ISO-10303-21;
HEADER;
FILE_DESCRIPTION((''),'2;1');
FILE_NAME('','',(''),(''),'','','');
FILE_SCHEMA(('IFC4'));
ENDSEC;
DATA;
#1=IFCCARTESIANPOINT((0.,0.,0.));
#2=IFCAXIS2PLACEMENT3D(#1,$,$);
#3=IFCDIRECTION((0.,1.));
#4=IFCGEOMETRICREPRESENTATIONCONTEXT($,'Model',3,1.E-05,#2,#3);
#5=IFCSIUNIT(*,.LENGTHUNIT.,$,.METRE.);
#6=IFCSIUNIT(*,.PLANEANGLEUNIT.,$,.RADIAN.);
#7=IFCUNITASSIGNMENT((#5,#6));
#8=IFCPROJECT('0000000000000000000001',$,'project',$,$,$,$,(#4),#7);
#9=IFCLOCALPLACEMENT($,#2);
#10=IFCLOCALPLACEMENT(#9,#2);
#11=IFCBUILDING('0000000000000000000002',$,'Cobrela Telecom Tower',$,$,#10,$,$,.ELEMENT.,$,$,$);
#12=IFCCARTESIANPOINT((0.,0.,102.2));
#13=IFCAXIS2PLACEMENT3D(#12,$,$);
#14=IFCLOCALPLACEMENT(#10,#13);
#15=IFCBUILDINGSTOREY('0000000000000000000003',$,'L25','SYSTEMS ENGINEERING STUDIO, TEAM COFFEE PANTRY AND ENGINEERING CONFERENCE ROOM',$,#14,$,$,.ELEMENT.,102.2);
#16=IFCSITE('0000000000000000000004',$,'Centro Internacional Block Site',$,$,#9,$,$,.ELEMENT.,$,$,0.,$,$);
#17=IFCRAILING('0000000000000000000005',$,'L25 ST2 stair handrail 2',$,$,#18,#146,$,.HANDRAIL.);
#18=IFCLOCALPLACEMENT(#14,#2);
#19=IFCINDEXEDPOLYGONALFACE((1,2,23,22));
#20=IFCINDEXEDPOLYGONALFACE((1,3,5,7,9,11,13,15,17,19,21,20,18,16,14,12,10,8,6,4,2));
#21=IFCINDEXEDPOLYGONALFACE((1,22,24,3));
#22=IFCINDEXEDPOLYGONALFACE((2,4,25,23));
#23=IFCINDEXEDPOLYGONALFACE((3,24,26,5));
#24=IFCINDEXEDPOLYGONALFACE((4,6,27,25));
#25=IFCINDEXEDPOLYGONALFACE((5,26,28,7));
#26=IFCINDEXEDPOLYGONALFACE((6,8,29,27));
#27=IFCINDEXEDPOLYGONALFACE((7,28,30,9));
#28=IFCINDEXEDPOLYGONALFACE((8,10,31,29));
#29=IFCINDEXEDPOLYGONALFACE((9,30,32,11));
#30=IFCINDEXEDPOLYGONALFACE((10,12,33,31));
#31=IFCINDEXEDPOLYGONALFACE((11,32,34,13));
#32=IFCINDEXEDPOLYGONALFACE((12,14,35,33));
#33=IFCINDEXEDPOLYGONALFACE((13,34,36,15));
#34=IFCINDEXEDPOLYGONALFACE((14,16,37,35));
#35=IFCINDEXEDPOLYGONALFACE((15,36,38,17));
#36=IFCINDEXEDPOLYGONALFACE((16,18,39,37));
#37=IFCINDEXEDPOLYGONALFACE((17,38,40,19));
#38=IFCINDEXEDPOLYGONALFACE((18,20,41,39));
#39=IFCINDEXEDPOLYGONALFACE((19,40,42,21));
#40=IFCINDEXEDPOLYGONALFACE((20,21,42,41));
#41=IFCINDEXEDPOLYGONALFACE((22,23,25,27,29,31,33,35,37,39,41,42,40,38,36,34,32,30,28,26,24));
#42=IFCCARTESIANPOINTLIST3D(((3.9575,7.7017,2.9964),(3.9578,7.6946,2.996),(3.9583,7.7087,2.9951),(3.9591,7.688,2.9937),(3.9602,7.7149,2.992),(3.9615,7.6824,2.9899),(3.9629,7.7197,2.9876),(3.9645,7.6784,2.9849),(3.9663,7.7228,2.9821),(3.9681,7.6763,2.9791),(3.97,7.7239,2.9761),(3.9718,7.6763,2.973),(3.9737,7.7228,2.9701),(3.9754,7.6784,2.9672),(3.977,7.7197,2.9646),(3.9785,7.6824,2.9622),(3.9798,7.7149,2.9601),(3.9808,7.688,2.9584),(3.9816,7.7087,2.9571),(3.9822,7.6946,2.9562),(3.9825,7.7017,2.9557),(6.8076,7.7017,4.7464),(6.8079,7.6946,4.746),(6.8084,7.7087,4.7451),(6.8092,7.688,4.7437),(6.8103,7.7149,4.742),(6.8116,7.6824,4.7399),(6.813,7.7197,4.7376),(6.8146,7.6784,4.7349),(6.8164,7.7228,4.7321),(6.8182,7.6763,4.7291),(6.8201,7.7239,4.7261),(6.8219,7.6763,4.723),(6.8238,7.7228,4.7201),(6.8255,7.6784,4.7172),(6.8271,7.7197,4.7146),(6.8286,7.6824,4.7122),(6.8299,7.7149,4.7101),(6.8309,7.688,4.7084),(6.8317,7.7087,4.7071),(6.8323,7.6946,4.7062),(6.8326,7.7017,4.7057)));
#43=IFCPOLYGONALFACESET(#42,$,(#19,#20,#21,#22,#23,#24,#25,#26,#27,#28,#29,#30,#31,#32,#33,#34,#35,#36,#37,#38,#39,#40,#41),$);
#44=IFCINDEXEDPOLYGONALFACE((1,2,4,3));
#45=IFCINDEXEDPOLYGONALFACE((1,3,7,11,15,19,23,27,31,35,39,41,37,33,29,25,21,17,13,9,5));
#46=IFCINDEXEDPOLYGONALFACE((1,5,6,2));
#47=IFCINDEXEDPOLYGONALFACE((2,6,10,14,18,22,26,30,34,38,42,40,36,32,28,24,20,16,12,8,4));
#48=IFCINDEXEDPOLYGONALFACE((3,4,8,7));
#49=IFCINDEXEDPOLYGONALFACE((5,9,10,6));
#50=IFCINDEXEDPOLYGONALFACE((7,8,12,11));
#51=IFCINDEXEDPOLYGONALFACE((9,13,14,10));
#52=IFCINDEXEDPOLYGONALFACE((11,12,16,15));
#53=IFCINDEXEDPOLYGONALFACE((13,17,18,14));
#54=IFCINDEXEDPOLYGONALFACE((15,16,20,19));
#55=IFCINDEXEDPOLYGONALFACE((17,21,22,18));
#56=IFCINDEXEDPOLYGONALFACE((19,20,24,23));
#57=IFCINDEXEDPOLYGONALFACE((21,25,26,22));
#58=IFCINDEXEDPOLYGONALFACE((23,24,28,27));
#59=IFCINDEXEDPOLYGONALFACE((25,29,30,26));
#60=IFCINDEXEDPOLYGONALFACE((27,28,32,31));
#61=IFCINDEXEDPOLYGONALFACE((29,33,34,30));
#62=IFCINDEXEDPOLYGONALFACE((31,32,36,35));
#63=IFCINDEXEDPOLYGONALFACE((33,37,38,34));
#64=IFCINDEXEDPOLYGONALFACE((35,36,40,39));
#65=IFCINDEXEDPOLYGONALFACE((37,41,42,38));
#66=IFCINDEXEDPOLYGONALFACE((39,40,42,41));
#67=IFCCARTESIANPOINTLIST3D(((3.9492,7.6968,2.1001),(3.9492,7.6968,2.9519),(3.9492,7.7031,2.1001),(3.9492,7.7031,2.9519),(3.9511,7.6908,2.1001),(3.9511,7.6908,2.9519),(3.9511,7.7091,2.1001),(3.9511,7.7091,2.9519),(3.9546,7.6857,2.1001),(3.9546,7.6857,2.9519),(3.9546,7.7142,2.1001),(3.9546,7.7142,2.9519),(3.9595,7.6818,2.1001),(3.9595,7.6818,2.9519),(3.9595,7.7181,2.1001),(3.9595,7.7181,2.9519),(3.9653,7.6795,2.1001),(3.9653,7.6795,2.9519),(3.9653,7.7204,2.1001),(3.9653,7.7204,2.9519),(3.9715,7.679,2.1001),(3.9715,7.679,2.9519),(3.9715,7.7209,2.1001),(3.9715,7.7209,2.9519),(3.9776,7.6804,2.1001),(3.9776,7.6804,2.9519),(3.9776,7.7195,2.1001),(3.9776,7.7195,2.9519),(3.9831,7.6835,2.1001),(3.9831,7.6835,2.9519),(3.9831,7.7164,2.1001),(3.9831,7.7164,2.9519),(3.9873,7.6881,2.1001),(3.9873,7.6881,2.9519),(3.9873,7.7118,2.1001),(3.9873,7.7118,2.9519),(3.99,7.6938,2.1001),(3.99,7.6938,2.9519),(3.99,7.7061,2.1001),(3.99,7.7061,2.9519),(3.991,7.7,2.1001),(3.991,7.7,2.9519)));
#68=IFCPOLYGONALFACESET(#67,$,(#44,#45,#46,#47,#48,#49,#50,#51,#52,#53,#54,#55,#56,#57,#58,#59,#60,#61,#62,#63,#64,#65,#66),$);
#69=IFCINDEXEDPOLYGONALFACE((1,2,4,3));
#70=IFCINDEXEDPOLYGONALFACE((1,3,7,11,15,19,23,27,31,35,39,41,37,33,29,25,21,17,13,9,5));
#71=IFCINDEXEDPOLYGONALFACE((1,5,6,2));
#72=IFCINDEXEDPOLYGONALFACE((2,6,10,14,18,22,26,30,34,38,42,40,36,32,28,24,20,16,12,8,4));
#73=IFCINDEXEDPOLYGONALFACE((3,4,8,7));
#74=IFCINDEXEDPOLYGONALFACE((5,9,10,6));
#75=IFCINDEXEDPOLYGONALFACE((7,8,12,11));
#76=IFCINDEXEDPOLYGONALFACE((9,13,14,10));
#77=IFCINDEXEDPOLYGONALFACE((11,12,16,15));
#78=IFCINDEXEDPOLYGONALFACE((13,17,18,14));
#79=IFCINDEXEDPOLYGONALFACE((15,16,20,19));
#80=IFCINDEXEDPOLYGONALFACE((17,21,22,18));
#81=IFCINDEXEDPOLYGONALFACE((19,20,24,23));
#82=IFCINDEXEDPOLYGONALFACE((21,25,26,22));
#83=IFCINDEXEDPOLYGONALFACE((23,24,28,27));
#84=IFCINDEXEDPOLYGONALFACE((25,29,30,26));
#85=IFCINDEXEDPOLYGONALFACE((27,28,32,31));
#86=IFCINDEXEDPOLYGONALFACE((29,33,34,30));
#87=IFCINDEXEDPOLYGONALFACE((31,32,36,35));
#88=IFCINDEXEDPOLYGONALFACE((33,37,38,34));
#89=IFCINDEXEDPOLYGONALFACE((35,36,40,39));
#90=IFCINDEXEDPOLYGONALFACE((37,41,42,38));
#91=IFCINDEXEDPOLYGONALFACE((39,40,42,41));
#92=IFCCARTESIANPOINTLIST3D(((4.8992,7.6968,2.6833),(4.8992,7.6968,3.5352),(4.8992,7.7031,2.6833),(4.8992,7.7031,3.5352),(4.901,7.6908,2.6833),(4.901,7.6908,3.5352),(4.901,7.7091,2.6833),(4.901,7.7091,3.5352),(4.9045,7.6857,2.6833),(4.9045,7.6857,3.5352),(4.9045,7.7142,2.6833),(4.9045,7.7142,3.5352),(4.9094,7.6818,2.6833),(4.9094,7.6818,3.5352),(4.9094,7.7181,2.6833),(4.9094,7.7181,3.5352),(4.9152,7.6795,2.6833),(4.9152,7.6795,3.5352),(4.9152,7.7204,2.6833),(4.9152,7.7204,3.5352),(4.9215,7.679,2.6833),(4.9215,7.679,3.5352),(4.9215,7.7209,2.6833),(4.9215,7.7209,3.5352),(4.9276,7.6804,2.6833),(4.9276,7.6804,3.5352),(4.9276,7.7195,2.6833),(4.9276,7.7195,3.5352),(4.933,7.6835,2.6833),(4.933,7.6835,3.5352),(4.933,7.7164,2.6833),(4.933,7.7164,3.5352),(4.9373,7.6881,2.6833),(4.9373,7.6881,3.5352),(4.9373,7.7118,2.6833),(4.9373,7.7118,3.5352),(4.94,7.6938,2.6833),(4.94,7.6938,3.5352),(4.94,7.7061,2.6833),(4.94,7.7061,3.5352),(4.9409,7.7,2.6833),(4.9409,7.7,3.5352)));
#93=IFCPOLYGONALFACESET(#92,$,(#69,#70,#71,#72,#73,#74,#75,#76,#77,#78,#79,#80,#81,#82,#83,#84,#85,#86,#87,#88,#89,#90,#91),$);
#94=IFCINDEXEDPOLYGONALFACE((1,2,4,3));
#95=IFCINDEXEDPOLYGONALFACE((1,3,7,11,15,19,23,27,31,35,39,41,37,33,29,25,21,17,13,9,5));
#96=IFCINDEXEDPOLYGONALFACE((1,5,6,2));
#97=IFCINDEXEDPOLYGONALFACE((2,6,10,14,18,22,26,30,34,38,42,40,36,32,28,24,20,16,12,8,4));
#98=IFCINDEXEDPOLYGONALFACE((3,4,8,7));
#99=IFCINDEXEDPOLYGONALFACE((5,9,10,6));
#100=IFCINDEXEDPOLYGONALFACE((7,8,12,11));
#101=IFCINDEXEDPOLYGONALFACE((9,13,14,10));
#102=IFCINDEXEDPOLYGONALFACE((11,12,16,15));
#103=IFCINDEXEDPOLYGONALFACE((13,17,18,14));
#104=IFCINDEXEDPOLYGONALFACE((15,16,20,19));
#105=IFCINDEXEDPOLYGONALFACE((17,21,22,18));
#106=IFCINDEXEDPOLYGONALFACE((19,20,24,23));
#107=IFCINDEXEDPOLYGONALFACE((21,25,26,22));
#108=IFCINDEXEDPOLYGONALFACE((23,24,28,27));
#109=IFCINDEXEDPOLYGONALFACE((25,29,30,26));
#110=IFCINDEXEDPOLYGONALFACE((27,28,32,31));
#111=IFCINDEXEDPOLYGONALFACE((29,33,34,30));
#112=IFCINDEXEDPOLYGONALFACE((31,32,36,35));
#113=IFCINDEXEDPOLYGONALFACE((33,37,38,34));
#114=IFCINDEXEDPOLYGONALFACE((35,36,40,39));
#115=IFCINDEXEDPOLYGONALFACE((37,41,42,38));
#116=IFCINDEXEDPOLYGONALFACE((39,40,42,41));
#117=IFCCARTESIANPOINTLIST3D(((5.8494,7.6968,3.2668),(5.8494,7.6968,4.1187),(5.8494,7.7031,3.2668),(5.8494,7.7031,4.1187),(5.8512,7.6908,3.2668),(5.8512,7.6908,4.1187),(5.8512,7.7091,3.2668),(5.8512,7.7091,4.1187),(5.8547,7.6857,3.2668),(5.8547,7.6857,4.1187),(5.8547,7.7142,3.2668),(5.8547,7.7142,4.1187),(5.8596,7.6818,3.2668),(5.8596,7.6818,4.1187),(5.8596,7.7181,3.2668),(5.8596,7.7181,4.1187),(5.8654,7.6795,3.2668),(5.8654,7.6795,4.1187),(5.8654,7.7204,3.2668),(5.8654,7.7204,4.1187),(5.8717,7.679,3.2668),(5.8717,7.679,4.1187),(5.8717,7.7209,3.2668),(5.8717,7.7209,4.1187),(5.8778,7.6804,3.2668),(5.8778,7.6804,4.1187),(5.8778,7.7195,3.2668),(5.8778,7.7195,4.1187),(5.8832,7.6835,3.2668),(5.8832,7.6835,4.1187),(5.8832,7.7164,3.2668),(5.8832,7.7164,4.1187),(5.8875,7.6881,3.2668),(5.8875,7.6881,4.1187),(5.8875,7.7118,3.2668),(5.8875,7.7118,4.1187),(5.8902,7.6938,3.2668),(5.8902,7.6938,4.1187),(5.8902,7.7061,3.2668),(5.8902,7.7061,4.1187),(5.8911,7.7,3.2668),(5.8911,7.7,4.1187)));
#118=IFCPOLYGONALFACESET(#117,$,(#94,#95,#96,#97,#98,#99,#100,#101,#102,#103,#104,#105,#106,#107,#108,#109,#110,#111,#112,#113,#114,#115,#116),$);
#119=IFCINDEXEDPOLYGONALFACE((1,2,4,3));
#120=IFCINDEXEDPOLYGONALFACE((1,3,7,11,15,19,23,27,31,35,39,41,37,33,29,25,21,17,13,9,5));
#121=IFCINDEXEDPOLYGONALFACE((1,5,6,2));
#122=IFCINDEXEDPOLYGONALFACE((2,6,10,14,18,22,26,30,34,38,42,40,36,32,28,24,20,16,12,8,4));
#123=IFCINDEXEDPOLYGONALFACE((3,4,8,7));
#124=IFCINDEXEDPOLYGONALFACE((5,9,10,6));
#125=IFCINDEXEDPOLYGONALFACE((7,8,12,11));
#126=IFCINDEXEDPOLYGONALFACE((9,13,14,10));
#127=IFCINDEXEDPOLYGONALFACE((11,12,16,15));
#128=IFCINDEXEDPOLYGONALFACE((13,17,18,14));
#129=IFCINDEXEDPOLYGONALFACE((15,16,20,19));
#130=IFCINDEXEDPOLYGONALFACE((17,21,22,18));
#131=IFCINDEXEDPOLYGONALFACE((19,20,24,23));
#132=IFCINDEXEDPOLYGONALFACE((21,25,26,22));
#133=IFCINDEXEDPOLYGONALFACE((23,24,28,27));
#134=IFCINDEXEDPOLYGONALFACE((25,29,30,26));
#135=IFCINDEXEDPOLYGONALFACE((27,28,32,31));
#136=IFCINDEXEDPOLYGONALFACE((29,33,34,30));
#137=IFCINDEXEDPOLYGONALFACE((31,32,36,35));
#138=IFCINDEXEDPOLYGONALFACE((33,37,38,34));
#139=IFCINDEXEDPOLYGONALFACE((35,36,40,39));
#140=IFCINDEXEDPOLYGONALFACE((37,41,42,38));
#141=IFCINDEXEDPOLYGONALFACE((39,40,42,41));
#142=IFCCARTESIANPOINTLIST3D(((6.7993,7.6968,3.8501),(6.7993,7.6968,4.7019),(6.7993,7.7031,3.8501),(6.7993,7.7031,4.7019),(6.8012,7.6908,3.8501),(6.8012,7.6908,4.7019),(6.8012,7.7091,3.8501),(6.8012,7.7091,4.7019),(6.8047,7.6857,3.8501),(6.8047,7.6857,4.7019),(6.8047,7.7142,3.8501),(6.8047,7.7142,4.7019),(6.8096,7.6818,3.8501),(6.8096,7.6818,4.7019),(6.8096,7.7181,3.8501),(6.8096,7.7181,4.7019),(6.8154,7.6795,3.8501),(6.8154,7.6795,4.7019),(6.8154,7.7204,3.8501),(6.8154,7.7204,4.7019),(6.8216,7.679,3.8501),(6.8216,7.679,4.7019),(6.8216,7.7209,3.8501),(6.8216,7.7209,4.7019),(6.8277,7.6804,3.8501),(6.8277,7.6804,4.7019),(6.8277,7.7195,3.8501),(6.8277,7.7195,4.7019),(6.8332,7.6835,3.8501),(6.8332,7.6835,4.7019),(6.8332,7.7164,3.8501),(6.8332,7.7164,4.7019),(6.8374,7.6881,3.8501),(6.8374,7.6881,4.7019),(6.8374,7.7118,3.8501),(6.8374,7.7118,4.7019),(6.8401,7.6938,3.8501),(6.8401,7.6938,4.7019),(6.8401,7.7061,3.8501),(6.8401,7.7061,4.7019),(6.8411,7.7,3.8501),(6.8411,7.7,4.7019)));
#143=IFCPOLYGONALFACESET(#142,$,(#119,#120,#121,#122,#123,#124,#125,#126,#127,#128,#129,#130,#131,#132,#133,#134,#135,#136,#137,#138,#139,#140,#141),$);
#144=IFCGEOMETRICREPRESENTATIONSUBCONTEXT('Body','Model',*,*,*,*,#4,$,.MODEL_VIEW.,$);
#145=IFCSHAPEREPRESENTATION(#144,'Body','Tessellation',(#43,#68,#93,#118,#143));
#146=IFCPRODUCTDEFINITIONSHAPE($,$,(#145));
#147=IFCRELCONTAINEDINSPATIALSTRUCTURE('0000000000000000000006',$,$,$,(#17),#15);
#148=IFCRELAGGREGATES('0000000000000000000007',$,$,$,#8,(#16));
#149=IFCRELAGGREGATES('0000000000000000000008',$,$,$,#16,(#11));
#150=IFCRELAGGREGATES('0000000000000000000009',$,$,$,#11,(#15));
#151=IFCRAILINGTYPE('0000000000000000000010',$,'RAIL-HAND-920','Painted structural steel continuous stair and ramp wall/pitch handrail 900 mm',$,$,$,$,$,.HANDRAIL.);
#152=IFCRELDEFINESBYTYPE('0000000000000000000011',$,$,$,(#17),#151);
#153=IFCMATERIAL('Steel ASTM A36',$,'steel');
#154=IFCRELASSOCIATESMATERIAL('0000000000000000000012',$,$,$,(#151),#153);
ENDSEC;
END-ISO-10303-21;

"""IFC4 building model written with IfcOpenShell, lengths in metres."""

from ifc_helpers import new_model, si_unit, direction, frame, origin, origin_2d, place, context, subcontext, project, spatial, circle, extrude, material, type_object, element, save


model = new_model("IFC4")

# Units and contexts
model_context = context("Model", 3, precision=1e-05, world=origin(), true_north=direction((0.0, 1.0)))
body_context = subcontext(model_context, "Body", "Model", "MODEL_VIEW")
ifc_project = project(units=[si_unit("LENGTHUNIT", "METRE"), si_unit("PLANEANGLEUNIT", "RADIAN")], contexts=[model_context])

# Site, building, storey
site_placement = place(None, origin())
site = spatial("IfcSite", under=ifc_project, at=site_placement, Name="Centro Internacional Block Site", CompositionType="ELEMENT", RefElevation=0.0)
building_placement = place(site_placement, origin())
building = spatial("IfcBuilding", under=site, at=building_placement, Name="Cobrela Telecom Tower", CompositionType="ELEMENT")
storey_placement = place(building_placement, frame((0.0, 0.0, 102.2)))
storey = spatial("IfcBuildingStorey", under=building, at=storey_placement, Name="L25", Description="SYSTEMS ENGINEERING STUDIO, TEAM COFFEE PANTRY AND ENGINEERING CONFERENCE ROOM", CompositionType="ELEMENT", Elevation=102.2)

# Railing
ifc_material_1 = material(Name="Steel ASTM A36", Category="steel")
railing_type_1 = type_object("IfcRailingType", Name="RAIL-HAND-920", Description="Painted structural steel continuous stair and ramp wall/pitch handrail 900 mm", PredefinedType="HANDRAIL", material=ifc_material_1)
railing_1_placement = place(storey_placement, frame((3.97, 7.7, 2.1001)))
element("IfcRailing", 1, at=railing_1_placement, inside=storey, type_object=railing_type_1, Name="L25 ST2 stair handrail 2", PredefinedType="HANDRAIL", context=body_context, shape_type="SweptSolid", body=[
    extrude(circle(Radius=0.0239, at=origin_2d()), frame((0.0, 0.0, 0.876), z_axis=(0.852179, 0.0, 0.52325), x_axis=(0.0, 1.0, 0.0)), (0.0, 0.0, 1.0), 3.3445),
    extrude(circle(Radius=0.021, at=origin_2d()), origin(), (0.0, 0.0, 1.0), 0.8518),
    extrude(circle(Radius=0.021, at=origin_2d()), frame((0.95, 0.0, 0.5833)), (0.0, 0.0, 1.0), 0.8518),
    extrude(circle(Radius=0.021, at=origin_2d()), frame((1.9001, 0.0, 1.1667)), (0.0, 0.0, 1.0), 0.8518),
    extrude(circle(Radius=0.021, at=origin_2d()), frame((2.8501, 0.0, 1.75)), (0.0, 0.0, 1.0), 0.8518),
])

save(model, "model.ifc")
